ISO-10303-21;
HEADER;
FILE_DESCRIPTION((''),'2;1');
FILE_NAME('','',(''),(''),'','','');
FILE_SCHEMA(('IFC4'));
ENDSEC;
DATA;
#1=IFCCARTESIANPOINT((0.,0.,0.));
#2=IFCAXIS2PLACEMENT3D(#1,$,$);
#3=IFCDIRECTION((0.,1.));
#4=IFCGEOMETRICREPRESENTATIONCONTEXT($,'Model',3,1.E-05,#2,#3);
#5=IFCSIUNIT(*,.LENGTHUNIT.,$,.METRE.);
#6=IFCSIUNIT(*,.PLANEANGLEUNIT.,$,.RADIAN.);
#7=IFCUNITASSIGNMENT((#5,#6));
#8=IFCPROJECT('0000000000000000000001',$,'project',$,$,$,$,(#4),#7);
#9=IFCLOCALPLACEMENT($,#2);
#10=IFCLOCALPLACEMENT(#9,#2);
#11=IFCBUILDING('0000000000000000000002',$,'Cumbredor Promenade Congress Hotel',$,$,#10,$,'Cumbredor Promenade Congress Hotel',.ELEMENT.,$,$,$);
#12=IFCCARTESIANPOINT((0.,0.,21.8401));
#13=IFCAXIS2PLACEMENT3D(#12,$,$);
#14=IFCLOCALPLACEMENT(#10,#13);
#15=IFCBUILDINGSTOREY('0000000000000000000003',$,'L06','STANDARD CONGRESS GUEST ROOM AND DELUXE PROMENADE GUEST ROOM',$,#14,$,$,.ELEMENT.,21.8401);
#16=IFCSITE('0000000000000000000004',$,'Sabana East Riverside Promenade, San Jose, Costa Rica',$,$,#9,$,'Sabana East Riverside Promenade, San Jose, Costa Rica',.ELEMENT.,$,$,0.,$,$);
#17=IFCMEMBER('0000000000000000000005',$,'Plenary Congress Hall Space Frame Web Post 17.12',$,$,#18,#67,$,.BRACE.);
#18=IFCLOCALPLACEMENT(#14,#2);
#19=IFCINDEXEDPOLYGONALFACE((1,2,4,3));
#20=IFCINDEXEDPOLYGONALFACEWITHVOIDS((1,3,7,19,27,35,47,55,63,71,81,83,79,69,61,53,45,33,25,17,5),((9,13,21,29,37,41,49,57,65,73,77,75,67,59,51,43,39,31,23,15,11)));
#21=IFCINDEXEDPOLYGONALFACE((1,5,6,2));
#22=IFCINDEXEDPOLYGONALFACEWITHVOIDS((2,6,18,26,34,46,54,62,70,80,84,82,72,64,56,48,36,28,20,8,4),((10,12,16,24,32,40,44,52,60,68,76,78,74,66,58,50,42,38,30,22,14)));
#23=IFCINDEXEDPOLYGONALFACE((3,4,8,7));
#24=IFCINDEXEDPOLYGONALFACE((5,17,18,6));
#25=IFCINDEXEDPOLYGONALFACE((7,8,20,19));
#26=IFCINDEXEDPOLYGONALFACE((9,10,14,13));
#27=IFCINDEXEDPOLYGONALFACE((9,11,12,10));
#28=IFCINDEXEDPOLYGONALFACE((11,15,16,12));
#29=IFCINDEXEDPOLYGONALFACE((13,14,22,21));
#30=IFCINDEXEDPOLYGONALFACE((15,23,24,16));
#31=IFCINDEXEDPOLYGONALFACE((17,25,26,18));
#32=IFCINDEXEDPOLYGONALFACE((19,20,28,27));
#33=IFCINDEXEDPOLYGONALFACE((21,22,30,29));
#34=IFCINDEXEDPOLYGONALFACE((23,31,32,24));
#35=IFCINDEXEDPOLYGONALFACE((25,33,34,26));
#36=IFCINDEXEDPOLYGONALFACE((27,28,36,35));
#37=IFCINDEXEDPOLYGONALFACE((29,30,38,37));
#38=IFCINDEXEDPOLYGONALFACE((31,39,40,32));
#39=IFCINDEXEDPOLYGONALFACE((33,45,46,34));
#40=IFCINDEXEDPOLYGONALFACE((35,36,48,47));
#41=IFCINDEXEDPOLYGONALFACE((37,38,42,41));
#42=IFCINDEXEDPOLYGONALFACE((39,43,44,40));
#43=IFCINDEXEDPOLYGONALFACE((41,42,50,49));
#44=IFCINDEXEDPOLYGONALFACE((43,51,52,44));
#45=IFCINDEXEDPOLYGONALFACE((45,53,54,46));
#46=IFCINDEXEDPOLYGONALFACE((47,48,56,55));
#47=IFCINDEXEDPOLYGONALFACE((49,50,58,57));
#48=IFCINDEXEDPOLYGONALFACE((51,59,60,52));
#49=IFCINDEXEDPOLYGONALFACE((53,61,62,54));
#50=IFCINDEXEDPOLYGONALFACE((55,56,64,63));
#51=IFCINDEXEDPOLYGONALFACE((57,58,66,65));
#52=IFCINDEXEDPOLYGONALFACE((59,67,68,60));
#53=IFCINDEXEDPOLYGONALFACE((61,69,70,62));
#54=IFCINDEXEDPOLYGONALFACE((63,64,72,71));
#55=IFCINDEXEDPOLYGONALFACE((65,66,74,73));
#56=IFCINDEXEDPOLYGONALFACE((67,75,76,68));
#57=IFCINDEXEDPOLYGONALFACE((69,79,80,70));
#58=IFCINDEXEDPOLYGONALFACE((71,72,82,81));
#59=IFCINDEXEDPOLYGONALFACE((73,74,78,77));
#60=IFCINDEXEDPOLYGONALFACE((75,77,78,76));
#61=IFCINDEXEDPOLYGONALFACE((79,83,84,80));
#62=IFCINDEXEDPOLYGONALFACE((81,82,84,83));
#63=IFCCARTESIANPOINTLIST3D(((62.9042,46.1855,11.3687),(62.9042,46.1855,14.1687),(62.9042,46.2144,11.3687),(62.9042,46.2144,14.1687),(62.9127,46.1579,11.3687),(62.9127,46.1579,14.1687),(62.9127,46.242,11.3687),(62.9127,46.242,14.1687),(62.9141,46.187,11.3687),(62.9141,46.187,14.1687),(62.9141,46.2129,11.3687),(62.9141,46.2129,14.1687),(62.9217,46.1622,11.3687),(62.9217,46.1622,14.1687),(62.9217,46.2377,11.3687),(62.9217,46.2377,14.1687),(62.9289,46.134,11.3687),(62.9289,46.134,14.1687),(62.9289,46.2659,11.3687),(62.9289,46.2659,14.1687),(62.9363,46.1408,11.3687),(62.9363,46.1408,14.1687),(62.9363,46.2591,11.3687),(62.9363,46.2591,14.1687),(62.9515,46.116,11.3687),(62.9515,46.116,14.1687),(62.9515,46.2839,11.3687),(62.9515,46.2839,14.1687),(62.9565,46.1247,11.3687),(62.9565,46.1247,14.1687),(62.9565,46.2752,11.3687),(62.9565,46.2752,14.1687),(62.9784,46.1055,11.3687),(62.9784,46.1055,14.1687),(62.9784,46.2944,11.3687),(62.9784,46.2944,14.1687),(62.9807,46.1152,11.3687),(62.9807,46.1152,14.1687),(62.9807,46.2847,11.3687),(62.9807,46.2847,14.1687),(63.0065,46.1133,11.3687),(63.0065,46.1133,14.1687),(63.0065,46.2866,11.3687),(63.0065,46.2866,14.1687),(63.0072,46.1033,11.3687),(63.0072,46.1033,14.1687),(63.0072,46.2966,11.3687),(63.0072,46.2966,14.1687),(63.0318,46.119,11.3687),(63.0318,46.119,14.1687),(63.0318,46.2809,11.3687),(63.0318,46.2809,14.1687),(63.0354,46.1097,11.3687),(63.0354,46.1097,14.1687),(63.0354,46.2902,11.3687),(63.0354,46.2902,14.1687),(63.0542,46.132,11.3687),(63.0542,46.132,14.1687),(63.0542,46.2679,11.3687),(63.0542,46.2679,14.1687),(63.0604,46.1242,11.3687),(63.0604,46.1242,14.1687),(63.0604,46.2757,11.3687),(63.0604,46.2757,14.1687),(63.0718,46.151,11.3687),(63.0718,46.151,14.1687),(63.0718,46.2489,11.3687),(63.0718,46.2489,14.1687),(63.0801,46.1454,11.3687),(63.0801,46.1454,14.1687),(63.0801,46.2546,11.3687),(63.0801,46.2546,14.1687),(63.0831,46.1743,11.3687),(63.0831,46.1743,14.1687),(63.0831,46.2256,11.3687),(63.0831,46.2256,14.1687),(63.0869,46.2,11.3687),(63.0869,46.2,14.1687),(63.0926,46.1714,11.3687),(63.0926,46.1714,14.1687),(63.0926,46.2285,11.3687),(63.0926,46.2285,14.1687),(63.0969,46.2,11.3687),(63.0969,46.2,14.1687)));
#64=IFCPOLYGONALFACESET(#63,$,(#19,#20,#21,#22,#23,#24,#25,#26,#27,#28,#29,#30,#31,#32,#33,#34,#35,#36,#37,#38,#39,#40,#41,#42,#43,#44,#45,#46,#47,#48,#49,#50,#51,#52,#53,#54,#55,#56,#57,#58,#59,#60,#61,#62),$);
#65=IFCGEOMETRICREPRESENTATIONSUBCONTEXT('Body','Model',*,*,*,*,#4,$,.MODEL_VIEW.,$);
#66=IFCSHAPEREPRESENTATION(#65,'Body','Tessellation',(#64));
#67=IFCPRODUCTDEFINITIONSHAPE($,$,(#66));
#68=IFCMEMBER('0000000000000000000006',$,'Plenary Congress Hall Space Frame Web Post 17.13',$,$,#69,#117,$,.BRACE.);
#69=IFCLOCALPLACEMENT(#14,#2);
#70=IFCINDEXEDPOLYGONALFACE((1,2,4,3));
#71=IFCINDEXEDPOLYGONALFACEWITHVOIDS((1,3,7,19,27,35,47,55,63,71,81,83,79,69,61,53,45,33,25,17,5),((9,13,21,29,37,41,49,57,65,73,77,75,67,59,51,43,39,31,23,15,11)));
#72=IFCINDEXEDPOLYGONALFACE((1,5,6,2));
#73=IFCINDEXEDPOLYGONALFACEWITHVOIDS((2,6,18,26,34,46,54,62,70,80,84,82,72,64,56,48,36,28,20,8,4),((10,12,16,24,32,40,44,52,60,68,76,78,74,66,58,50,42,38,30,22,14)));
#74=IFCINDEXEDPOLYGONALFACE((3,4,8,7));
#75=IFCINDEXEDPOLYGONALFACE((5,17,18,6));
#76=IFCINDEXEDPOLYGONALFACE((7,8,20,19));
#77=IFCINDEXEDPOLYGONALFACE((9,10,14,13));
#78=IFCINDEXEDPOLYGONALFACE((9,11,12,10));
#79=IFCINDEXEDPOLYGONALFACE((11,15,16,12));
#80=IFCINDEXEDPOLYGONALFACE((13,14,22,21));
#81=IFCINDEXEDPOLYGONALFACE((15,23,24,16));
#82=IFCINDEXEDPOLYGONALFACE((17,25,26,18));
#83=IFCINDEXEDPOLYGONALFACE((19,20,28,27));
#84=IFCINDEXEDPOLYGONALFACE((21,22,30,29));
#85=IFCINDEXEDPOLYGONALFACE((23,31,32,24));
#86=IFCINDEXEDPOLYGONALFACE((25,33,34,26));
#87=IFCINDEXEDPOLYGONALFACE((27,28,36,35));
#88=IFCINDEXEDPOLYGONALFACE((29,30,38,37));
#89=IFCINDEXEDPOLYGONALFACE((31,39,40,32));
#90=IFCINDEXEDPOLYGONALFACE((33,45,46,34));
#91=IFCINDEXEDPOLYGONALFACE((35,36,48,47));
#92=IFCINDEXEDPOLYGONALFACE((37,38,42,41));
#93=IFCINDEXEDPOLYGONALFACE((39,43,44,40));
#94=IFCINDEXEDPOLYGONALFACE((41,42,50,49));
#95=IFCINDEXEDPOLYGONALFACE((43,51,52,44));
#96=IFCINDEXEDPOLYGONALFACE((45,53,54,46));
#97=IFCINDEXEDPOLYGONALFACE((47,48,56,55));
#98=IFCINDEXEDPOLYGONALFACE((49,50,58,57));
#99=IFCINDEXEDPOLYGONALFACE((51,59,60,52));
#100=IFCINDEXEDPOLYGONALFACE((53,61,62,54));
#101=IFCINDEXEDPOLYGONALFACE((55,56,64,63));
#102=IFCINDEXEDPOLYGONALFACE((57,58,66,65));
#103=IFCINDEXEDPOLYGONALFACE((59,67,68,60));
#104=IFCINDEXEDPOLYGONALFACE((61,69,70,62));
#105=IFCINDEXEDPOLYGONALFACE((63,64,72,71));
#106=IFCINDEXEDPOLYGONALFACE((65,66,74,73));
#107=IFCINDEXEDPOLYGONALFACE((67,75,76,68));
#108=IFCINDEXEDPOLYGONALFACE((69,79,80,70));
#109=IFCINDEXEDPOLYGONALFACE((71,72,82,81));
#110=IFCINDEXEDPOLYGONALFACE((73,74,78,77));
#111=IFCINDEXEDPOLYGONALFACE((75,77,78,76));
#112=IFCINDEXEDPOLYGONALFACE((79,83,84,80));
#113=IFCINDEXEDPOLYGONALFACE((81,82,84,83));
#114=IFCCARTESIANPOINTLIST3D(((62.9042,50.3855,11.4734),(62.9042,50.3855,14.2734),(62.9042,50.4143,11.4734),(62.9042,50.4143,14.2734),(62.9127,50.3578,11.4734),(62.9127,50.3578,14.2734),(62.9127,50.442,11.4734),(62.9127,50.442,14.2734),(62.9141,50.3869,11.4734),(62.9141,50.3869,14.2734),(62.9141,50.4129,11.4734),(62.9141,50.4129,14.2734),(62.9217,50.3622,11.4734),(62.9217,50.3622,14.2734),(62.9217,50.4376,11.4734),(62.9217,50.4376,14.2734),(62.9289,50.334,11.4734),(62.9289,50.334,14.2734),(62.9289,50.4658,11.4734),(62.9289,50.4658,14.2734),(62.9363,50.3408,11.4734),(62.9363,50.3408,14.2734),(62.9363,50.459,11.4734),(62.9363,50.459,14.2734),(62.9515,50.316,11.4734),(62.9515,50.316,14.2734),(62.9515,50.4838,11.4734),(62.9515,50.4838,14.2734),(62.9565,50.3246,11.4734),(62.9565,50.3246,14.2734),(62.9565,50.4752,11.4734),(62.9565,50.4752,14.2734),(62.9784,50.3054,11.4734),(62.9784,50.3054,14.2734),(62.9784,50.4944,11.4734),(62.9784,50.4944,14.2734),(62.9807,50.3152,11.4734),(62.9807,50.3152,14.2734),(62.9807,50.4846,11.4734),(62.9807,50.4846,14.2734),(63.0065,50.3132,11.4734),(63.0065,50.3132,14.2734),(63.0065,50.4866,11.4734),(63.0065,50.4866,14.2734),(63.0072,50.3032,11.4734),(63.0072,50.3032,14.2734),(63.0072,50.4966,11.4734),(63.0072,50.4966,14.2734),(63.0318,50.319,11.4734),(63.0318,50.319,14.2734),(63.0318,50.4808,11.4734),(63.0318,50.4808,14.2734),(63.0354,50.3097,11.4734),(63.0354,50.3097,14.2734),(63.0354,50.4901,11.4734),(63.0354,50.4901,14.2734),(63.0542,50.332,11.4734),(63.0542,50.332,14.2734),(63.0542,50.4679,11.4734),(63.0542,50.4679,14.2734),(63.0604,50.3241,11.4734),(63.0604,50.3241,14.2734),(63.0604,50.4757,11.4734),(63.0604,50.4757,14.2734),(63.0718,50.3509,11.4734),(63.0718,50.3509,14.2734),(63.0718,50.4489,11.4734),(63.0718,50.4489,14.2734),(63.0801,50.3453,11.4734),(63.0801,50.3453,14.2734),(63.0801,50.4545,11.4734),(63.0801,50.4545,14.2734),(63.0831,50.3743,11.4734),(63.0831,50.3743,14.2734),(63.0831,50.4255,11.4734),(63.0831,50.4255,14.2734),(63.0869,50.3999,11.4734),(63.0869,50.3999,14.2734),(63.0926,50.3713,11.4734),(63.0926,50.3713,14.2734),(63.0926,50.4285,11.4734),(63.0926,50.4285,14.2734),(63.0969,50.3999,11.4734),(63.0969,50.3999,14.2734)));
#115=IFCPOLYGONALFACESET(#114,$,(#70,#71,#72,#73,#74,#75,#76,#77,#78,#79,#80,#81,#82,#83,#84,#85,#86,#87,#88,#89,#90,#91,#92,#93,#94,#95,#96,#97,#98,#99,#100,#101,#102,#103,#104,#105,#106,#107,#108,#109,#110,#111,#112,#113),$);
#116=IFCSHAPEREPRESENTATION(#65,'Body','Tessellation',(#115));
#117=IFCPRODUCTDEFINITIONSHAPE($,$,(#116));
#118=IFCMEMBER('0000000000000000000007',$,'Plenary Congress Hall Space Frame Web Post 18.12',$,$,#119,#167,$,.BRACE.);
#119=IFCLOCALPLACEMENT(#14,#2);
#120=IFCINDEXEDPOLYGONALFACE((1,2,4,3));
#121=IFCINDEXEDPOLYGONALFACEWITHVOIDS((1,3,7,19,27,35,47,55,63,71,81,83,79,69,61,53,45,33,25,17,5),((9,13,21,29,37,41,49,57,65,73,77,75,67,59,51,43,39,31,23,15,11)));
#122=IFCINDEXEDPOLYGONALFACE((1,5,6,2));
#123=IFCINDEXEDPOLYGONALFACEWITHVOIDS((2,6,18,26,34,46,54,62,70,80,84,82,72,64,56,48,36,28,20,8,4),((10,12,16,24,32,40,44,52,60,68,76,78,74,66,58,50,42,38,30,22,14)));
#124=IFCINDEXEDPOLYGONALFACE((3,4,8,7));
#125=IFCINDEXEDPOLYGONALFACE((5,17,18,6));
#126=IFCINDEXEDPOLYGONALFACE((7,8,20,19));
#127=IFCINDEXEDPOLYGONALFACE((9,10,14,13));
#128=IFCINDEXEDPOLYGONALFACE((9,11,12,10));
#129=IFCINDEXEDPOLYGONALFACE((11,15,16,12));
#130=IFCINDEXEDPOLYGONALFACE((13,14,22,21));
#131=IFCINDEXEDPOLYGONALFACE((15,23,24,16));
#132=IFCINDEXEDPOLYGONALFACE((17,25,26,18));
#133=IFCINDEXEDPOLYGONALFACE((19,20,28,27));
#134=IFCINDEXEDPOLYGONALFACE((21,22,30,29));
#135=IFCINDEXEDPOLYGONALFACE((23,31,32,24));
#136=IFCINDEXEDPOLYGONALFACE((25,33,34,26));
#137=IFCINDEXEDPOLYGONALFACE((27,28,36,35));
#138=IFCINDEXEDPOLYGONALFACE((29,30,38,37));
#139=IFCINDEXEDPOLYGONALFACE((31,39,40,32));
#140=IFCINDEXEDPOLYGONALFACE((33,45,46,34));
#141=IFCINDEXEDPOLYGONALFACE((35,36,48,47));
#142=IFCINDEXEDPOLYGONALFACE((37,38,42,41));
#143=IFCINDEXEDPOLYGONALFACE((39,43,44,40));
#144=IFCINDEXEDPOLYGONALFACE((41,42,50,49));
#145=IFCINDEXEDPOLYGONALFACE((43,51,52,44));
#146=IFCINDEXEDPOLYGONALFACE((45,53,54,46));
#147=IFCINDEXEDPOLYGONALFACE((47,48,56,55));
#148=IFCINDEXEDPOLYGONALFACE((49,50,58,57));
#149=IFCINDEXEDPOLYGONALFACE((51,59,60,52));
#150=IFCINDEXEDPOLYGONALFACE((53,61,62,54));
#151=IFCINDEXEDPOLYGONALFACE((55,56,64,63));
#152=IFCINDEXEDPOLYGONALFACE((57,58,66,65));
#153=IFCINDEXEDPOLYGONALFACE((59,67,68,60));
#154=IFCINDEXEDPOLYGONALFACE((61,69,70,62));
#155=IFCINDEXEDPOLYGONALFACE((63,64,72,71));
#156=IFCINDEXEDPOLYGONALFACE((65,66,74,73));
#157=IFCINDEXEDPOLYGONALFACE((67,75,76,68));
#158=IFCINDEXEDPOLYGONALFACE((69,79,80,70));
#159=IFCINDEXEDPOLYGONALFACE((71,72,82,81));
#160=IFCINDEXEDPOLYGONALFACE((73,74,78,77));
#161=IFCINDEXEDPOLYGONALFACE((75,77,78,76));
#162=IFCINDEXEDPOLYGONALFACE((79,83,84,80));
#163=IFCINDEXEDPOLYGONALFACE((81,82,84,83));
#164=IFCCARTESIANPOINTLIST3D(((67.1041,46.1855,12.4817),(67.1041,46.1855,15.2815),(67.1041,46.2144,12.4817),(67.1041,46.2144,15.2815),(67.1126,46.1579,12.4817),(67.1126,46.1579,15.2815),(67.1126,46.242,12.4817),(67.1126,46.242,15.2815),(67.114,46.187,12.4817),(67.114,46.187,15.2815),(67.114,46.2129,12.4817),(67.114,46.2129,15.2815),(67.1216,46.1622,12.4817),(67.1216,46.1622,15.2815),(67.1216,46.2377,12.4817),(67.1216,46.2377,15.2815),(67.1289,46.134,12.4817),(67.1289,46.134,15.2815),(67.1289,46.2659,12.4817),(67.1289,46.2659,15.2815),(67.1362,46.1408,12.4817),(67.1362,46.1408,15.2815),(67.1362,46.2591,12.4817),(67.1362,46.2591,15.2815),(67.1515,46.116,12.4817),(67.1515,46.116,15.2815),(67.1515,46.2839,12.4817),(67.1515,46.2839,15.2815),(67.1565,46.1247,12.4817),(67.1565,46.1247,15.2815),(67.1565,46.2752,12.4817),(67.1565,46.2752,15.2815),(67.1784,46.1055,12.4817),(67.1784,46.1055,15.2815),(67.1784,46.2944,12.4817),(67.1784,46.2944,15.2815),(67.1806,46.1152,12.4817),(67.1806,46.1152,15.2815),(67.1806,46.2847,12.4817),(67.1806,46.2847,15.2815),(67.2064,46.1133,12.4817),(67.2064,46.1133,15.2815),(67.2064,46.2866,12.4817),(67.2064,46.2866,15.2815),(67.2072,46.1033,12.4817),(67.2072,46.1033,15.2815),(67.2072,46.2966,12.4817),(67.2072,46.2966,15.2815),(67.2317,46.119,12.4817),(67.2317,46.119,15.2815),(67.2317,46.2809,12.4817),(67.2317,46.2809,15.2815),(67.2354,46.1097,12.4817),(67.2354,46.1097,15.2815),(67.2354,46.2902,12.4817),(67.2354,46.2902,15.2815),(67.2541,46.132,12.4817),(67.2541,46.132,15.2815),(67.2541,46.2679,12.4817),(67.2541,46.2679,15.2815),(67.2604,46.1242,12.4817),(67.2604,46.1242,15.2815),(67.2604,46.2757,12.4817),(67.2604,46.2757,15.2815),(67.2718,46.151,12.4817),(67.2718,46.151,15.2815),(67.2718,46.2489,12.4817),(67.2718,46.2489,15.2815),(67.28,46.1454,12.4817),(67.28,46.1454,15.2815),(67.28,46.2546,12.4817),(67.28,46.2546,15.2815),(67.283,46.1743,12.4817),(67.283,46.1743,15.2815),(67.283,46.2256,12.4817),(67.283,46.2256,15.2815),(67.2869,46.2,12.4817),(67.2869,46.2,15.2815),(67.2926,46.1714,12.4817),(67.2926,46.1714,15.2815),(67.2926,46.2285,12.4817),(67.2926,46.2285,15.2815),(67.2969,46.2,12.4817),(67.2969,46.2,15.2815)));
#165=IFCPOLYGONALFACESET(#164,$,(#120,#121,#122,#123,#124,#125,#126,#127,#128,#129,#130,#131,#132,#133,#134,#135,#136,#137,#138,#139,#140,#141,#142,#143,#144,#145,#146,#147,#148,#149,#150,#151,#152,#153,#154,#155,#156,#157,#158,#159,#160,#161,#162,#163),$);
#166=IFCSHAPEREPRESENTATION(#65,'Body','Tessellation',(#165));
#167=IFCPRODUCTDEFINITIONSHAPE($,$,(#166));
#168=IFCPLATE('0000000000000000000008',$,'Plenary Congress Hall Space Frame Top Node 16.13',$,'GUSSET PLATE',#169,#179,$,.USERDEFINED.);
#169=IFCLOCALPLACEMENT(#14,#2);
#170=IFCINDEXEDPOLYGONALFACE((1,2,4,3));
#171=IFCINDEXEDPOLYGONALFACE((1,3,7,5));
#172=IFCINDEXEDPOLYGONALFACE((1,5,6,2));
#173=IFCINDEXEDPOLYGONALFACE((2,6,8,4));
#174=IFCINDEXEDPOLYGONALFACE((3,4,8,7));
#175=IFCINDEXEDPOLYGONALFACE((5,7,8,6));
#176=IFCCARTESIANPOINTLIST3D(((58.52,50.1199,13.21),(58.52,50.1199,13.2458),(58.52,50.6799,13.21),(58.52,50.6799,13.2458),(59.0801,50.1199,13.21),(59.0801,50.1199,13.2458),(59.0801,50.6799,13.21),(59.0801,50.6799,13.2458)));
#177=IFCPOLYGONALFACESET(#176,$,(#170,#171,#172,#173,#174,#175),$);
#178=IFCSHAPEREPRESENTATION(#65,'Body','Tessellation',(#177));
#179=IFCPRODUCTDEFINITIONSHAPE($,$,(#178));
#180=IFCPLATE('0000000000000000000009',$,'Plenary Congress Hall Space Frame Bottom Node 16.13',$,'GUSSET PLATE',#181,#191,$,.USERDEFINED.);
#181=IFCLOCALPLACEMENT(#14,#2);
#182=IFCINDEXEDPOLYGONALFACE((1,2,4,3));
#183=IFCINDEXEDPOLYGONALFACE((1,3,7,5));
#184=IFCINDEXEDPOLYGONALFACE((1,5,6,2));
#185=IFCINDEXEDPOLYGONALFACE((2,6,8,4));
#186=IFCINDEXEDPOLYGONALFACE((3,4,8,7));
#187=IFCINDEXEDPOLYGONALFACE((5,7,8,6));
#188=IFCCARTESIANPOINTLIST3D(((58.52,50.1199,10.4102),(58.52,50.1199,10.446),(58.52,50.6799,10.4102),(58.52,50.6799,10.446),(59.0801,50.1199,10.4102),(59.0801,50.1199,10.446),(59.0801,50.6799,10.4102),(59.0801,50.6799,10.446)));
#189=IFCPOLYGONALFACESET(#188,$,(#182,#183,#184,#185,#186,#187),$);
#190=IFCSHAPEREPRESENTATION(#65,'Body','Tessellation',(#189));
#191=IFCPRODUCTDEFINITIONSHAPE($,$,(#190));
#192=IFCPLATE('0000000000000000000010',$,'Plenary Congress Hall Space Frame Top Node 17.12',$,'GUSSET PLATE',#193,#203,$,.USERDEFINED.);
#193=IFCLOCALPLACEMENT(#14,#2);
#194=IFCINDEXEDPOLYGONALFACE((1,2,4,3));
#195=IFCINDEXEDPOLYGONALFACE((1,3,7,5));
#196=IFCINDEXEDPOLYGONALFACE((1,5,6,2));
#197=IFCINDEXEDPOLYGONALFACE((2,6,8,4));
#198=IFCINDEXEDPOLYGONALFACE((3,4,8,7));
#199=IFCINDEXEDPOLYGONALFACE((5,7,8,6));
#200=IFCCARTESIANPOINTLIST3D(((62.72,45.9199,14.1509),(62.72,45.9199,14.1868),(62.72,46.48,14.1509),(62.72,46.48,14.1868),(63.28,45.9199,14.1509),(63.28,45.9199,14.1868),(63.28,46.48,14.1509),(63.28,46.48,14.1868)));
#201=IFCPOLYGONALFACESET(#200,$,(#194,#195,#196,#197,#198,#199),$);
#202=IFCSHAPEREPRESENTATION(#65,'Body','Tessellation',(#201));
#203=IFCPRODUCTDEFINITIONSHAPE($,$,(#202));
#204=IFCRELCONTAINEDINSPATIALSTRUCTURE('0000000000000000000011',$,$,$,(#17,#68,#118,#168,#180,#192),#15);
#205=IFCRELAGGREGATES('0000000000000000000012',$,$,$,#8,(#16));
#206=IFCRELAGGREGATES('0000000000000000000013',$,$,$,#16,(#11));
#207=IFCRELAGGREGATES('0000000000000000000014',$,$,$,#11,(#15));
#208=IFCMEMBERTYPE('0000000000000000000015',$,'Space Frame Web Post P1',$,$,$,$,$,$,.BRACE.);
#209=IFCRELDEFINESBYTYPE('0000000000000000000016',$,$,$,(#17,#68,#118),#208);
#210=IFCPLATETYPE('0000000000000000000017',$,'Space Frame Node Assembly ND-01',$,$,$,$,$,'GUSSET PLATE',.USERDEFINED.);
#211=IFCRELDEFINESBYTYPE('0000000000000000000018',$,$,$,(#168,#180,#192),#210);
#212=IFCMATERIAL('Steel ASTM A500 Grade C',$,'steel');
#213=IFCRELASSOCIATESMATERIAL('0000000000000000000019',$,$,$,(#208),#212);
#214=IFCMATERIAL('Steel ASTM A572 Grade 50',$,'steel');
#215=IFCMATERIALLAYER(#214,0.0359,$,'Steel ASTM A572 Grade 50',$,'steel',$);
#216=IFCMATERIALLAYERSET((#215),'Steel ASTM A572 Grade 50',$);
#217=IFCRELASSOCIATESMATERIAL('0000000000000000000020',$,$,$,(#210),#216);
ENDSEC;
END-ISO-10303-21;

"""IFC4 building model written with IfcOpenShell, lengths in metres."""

from ifc_helpers import new_model, si_unit, direction, frame, origin, origin_2d, place, context, subcontext, project, spatial, rectangle, hollow_circle, extrude, material, layer, layer_set, material_profile, profile_set, type_object, element, save


model = new_model("IFC4")

# Units and contexts
model_context = context("Model", 3, precision=1e-05, world=origin(), true_north=direction((0.0, 1.0)))
body_context = subcontext(model_context, "Body", "Model", "MODEL_VIEW")
ifc_project = project(units=[si_unit("LENGTHUNIT", "METRE"), si_unit("PLANEANGLEUNIT", "RADIAN")], contexts=[model_context])

# Site, building, storey
site_placement = place(None, origin())
site = spatial("IfcSite", under=ifc_project, at=site_placement, Name="Sabana East Riverside Promenade, San Jose, Costa Rica", LongName="Sabana East Riverside Promenade, San Jose, Costa Rica", CompositionType="ELEMENT", RefElevation=0.0)
building_placement = place(site_placement, origin())
building = spatial("IfcBuilding", under=site, at=building_placement, Name="Cumbredor Promenade Congress Hotel", LongName="Cumbredor Promenade Congress Hotel", CompositionType="ELEMENT")
storey_placement = place(building_placement, frame((0.0, 0.0, 21.8401)))
storey = spatial("IfcBuildingStorey", under=building, at=storey_placement, Name="L06", Description="STANDARD CONGRESS GUEST ROOM AND DELUXE PROMENADE GUEST ROOM", CompositionType="ELEMENT", Elevation=21.8401)

# Members
ifc_material_1 = material(Name="Steel ASTM A500 Grade C", Category="steel")
ifc_material_profile_1 = material_profile(ifc_material_1, hollow_circle(Radius=0.0969, WallThickness=0.01, at=origin_2d()), Name="CHS 193.7x10")
ifc_profile_set_1 = profile_set([ifc_material_profile_1], Name="Steel ASTM A500 Grade C")
member_type_1 = type_object("IfcMemberType", Name="Space Frame Web Post P1", PredefinedType="BRACE", material=ifc_profile_set_1)
for number, where, z_axis, x_axis, name in (
    (1, (63.0, 46.2, 11.3687), (0.0, 0.0, 1.0), (1.0, 0.0, 0.0), "Plenary Congress Hall Space Frame Web Post 17.12"),
    (2, (63.0, 50.3999, 11.4734), (0.0, 0.0, 1.0), (1.0, 0.0, 0.0), "Plenary Congress Hall Space Frame Web Post 17.13"),
):
    element("IfcMember", number, at=place(storey_placement, frame(where, z_axis=z_axis, x_axis=x_axis)), inside=storey, type_object=member_type_1, Name=name, PredefinedType="BRACE", context=body_context, shape_type="SweptSolid", body=[
        extrude(hollow_circle(Radius=0.0969, WallThickness=0.01, at=origin_2d()), origin(), (0.0, 0.0, 1.0), 2.8),
    ])
member_1_placement = place(storey_placement, frame((67.2, 46.2, 12.4817), z_axis=(0.0, 0.0, 1.0), x_axis=(1.0, 0.0, 0.0)))
element("IfcMember", 3, at=member_1_placement, inside=storey, type_object=member_type_1, Name="Plenary Congress Hall Space Frame Web Post 18.12", PredefinedType="BRACE", context=body_context, shape_type="SweptSolid", body=[
    extrude(hollow_circle(Radius=0.0969, WallThickness=0.01, at=origin_2d()), origin(), (0.0, 0.0, 1.0), 2.7998),
])

# Plates
ifc_material_2 = material(Name="Steel ASTM A572 Grade 50", Category="steel")
ifc_layer = layer(ifc_material_2, 0.0359, Name="Steel ASTM A572 Grade 50", Category="steel")
ifc_layer_set = layer_set([ifc_layer], Name="Steel ASTM A572 Grade 50")
plate_type = type_object("IfcPlateType", Name="Space Frame Node Assembly ND-01", ElementType="GUSSET PLATE", PredefinedType="USERDEFINED", material=ifc_layer_set)
for number, where, z_axis, x_axis, name in (
    (4, (58.8, 50.3999, 13.21), (0.0, 0.0, 1.0), (1.0, 0.0, 0.0), "Plenary Congress Hall Space Frame Top Node 16.13"),
    (5, (58.8, 50.3999, 10.4102), (0.0, 0.0, 1.0), (1.0, 0.0, 0.0), "Plenary Congress Hall Space Frame Bottom Node 16.13"),
    (6, (63.0, 46.2, 14.1509), (0.0, 0.0, 1.0), (1.0, 0.0, 0.0), "Plenary Congress Hall Space Frame Top Node 17.12"),
):
    element("IfcPlate", number, at=place(storey_placement, frame(where, z_axis=z_axis, x_axis=x_axis)), inside=storey, type_object=plate_type, Name=name, ObjectType="GUSSET PLATE", PredefinedType="USERDEFINED", context=body_context, shape_type="SweptSolid", body=[
        extrude(rectangle(XDim=0.5601, YDim=0.5601, at=origin_2d()), origin(), (0.0, 0.0, 1.0), 0.0359),
    ])

save(model, "model.ifc")
